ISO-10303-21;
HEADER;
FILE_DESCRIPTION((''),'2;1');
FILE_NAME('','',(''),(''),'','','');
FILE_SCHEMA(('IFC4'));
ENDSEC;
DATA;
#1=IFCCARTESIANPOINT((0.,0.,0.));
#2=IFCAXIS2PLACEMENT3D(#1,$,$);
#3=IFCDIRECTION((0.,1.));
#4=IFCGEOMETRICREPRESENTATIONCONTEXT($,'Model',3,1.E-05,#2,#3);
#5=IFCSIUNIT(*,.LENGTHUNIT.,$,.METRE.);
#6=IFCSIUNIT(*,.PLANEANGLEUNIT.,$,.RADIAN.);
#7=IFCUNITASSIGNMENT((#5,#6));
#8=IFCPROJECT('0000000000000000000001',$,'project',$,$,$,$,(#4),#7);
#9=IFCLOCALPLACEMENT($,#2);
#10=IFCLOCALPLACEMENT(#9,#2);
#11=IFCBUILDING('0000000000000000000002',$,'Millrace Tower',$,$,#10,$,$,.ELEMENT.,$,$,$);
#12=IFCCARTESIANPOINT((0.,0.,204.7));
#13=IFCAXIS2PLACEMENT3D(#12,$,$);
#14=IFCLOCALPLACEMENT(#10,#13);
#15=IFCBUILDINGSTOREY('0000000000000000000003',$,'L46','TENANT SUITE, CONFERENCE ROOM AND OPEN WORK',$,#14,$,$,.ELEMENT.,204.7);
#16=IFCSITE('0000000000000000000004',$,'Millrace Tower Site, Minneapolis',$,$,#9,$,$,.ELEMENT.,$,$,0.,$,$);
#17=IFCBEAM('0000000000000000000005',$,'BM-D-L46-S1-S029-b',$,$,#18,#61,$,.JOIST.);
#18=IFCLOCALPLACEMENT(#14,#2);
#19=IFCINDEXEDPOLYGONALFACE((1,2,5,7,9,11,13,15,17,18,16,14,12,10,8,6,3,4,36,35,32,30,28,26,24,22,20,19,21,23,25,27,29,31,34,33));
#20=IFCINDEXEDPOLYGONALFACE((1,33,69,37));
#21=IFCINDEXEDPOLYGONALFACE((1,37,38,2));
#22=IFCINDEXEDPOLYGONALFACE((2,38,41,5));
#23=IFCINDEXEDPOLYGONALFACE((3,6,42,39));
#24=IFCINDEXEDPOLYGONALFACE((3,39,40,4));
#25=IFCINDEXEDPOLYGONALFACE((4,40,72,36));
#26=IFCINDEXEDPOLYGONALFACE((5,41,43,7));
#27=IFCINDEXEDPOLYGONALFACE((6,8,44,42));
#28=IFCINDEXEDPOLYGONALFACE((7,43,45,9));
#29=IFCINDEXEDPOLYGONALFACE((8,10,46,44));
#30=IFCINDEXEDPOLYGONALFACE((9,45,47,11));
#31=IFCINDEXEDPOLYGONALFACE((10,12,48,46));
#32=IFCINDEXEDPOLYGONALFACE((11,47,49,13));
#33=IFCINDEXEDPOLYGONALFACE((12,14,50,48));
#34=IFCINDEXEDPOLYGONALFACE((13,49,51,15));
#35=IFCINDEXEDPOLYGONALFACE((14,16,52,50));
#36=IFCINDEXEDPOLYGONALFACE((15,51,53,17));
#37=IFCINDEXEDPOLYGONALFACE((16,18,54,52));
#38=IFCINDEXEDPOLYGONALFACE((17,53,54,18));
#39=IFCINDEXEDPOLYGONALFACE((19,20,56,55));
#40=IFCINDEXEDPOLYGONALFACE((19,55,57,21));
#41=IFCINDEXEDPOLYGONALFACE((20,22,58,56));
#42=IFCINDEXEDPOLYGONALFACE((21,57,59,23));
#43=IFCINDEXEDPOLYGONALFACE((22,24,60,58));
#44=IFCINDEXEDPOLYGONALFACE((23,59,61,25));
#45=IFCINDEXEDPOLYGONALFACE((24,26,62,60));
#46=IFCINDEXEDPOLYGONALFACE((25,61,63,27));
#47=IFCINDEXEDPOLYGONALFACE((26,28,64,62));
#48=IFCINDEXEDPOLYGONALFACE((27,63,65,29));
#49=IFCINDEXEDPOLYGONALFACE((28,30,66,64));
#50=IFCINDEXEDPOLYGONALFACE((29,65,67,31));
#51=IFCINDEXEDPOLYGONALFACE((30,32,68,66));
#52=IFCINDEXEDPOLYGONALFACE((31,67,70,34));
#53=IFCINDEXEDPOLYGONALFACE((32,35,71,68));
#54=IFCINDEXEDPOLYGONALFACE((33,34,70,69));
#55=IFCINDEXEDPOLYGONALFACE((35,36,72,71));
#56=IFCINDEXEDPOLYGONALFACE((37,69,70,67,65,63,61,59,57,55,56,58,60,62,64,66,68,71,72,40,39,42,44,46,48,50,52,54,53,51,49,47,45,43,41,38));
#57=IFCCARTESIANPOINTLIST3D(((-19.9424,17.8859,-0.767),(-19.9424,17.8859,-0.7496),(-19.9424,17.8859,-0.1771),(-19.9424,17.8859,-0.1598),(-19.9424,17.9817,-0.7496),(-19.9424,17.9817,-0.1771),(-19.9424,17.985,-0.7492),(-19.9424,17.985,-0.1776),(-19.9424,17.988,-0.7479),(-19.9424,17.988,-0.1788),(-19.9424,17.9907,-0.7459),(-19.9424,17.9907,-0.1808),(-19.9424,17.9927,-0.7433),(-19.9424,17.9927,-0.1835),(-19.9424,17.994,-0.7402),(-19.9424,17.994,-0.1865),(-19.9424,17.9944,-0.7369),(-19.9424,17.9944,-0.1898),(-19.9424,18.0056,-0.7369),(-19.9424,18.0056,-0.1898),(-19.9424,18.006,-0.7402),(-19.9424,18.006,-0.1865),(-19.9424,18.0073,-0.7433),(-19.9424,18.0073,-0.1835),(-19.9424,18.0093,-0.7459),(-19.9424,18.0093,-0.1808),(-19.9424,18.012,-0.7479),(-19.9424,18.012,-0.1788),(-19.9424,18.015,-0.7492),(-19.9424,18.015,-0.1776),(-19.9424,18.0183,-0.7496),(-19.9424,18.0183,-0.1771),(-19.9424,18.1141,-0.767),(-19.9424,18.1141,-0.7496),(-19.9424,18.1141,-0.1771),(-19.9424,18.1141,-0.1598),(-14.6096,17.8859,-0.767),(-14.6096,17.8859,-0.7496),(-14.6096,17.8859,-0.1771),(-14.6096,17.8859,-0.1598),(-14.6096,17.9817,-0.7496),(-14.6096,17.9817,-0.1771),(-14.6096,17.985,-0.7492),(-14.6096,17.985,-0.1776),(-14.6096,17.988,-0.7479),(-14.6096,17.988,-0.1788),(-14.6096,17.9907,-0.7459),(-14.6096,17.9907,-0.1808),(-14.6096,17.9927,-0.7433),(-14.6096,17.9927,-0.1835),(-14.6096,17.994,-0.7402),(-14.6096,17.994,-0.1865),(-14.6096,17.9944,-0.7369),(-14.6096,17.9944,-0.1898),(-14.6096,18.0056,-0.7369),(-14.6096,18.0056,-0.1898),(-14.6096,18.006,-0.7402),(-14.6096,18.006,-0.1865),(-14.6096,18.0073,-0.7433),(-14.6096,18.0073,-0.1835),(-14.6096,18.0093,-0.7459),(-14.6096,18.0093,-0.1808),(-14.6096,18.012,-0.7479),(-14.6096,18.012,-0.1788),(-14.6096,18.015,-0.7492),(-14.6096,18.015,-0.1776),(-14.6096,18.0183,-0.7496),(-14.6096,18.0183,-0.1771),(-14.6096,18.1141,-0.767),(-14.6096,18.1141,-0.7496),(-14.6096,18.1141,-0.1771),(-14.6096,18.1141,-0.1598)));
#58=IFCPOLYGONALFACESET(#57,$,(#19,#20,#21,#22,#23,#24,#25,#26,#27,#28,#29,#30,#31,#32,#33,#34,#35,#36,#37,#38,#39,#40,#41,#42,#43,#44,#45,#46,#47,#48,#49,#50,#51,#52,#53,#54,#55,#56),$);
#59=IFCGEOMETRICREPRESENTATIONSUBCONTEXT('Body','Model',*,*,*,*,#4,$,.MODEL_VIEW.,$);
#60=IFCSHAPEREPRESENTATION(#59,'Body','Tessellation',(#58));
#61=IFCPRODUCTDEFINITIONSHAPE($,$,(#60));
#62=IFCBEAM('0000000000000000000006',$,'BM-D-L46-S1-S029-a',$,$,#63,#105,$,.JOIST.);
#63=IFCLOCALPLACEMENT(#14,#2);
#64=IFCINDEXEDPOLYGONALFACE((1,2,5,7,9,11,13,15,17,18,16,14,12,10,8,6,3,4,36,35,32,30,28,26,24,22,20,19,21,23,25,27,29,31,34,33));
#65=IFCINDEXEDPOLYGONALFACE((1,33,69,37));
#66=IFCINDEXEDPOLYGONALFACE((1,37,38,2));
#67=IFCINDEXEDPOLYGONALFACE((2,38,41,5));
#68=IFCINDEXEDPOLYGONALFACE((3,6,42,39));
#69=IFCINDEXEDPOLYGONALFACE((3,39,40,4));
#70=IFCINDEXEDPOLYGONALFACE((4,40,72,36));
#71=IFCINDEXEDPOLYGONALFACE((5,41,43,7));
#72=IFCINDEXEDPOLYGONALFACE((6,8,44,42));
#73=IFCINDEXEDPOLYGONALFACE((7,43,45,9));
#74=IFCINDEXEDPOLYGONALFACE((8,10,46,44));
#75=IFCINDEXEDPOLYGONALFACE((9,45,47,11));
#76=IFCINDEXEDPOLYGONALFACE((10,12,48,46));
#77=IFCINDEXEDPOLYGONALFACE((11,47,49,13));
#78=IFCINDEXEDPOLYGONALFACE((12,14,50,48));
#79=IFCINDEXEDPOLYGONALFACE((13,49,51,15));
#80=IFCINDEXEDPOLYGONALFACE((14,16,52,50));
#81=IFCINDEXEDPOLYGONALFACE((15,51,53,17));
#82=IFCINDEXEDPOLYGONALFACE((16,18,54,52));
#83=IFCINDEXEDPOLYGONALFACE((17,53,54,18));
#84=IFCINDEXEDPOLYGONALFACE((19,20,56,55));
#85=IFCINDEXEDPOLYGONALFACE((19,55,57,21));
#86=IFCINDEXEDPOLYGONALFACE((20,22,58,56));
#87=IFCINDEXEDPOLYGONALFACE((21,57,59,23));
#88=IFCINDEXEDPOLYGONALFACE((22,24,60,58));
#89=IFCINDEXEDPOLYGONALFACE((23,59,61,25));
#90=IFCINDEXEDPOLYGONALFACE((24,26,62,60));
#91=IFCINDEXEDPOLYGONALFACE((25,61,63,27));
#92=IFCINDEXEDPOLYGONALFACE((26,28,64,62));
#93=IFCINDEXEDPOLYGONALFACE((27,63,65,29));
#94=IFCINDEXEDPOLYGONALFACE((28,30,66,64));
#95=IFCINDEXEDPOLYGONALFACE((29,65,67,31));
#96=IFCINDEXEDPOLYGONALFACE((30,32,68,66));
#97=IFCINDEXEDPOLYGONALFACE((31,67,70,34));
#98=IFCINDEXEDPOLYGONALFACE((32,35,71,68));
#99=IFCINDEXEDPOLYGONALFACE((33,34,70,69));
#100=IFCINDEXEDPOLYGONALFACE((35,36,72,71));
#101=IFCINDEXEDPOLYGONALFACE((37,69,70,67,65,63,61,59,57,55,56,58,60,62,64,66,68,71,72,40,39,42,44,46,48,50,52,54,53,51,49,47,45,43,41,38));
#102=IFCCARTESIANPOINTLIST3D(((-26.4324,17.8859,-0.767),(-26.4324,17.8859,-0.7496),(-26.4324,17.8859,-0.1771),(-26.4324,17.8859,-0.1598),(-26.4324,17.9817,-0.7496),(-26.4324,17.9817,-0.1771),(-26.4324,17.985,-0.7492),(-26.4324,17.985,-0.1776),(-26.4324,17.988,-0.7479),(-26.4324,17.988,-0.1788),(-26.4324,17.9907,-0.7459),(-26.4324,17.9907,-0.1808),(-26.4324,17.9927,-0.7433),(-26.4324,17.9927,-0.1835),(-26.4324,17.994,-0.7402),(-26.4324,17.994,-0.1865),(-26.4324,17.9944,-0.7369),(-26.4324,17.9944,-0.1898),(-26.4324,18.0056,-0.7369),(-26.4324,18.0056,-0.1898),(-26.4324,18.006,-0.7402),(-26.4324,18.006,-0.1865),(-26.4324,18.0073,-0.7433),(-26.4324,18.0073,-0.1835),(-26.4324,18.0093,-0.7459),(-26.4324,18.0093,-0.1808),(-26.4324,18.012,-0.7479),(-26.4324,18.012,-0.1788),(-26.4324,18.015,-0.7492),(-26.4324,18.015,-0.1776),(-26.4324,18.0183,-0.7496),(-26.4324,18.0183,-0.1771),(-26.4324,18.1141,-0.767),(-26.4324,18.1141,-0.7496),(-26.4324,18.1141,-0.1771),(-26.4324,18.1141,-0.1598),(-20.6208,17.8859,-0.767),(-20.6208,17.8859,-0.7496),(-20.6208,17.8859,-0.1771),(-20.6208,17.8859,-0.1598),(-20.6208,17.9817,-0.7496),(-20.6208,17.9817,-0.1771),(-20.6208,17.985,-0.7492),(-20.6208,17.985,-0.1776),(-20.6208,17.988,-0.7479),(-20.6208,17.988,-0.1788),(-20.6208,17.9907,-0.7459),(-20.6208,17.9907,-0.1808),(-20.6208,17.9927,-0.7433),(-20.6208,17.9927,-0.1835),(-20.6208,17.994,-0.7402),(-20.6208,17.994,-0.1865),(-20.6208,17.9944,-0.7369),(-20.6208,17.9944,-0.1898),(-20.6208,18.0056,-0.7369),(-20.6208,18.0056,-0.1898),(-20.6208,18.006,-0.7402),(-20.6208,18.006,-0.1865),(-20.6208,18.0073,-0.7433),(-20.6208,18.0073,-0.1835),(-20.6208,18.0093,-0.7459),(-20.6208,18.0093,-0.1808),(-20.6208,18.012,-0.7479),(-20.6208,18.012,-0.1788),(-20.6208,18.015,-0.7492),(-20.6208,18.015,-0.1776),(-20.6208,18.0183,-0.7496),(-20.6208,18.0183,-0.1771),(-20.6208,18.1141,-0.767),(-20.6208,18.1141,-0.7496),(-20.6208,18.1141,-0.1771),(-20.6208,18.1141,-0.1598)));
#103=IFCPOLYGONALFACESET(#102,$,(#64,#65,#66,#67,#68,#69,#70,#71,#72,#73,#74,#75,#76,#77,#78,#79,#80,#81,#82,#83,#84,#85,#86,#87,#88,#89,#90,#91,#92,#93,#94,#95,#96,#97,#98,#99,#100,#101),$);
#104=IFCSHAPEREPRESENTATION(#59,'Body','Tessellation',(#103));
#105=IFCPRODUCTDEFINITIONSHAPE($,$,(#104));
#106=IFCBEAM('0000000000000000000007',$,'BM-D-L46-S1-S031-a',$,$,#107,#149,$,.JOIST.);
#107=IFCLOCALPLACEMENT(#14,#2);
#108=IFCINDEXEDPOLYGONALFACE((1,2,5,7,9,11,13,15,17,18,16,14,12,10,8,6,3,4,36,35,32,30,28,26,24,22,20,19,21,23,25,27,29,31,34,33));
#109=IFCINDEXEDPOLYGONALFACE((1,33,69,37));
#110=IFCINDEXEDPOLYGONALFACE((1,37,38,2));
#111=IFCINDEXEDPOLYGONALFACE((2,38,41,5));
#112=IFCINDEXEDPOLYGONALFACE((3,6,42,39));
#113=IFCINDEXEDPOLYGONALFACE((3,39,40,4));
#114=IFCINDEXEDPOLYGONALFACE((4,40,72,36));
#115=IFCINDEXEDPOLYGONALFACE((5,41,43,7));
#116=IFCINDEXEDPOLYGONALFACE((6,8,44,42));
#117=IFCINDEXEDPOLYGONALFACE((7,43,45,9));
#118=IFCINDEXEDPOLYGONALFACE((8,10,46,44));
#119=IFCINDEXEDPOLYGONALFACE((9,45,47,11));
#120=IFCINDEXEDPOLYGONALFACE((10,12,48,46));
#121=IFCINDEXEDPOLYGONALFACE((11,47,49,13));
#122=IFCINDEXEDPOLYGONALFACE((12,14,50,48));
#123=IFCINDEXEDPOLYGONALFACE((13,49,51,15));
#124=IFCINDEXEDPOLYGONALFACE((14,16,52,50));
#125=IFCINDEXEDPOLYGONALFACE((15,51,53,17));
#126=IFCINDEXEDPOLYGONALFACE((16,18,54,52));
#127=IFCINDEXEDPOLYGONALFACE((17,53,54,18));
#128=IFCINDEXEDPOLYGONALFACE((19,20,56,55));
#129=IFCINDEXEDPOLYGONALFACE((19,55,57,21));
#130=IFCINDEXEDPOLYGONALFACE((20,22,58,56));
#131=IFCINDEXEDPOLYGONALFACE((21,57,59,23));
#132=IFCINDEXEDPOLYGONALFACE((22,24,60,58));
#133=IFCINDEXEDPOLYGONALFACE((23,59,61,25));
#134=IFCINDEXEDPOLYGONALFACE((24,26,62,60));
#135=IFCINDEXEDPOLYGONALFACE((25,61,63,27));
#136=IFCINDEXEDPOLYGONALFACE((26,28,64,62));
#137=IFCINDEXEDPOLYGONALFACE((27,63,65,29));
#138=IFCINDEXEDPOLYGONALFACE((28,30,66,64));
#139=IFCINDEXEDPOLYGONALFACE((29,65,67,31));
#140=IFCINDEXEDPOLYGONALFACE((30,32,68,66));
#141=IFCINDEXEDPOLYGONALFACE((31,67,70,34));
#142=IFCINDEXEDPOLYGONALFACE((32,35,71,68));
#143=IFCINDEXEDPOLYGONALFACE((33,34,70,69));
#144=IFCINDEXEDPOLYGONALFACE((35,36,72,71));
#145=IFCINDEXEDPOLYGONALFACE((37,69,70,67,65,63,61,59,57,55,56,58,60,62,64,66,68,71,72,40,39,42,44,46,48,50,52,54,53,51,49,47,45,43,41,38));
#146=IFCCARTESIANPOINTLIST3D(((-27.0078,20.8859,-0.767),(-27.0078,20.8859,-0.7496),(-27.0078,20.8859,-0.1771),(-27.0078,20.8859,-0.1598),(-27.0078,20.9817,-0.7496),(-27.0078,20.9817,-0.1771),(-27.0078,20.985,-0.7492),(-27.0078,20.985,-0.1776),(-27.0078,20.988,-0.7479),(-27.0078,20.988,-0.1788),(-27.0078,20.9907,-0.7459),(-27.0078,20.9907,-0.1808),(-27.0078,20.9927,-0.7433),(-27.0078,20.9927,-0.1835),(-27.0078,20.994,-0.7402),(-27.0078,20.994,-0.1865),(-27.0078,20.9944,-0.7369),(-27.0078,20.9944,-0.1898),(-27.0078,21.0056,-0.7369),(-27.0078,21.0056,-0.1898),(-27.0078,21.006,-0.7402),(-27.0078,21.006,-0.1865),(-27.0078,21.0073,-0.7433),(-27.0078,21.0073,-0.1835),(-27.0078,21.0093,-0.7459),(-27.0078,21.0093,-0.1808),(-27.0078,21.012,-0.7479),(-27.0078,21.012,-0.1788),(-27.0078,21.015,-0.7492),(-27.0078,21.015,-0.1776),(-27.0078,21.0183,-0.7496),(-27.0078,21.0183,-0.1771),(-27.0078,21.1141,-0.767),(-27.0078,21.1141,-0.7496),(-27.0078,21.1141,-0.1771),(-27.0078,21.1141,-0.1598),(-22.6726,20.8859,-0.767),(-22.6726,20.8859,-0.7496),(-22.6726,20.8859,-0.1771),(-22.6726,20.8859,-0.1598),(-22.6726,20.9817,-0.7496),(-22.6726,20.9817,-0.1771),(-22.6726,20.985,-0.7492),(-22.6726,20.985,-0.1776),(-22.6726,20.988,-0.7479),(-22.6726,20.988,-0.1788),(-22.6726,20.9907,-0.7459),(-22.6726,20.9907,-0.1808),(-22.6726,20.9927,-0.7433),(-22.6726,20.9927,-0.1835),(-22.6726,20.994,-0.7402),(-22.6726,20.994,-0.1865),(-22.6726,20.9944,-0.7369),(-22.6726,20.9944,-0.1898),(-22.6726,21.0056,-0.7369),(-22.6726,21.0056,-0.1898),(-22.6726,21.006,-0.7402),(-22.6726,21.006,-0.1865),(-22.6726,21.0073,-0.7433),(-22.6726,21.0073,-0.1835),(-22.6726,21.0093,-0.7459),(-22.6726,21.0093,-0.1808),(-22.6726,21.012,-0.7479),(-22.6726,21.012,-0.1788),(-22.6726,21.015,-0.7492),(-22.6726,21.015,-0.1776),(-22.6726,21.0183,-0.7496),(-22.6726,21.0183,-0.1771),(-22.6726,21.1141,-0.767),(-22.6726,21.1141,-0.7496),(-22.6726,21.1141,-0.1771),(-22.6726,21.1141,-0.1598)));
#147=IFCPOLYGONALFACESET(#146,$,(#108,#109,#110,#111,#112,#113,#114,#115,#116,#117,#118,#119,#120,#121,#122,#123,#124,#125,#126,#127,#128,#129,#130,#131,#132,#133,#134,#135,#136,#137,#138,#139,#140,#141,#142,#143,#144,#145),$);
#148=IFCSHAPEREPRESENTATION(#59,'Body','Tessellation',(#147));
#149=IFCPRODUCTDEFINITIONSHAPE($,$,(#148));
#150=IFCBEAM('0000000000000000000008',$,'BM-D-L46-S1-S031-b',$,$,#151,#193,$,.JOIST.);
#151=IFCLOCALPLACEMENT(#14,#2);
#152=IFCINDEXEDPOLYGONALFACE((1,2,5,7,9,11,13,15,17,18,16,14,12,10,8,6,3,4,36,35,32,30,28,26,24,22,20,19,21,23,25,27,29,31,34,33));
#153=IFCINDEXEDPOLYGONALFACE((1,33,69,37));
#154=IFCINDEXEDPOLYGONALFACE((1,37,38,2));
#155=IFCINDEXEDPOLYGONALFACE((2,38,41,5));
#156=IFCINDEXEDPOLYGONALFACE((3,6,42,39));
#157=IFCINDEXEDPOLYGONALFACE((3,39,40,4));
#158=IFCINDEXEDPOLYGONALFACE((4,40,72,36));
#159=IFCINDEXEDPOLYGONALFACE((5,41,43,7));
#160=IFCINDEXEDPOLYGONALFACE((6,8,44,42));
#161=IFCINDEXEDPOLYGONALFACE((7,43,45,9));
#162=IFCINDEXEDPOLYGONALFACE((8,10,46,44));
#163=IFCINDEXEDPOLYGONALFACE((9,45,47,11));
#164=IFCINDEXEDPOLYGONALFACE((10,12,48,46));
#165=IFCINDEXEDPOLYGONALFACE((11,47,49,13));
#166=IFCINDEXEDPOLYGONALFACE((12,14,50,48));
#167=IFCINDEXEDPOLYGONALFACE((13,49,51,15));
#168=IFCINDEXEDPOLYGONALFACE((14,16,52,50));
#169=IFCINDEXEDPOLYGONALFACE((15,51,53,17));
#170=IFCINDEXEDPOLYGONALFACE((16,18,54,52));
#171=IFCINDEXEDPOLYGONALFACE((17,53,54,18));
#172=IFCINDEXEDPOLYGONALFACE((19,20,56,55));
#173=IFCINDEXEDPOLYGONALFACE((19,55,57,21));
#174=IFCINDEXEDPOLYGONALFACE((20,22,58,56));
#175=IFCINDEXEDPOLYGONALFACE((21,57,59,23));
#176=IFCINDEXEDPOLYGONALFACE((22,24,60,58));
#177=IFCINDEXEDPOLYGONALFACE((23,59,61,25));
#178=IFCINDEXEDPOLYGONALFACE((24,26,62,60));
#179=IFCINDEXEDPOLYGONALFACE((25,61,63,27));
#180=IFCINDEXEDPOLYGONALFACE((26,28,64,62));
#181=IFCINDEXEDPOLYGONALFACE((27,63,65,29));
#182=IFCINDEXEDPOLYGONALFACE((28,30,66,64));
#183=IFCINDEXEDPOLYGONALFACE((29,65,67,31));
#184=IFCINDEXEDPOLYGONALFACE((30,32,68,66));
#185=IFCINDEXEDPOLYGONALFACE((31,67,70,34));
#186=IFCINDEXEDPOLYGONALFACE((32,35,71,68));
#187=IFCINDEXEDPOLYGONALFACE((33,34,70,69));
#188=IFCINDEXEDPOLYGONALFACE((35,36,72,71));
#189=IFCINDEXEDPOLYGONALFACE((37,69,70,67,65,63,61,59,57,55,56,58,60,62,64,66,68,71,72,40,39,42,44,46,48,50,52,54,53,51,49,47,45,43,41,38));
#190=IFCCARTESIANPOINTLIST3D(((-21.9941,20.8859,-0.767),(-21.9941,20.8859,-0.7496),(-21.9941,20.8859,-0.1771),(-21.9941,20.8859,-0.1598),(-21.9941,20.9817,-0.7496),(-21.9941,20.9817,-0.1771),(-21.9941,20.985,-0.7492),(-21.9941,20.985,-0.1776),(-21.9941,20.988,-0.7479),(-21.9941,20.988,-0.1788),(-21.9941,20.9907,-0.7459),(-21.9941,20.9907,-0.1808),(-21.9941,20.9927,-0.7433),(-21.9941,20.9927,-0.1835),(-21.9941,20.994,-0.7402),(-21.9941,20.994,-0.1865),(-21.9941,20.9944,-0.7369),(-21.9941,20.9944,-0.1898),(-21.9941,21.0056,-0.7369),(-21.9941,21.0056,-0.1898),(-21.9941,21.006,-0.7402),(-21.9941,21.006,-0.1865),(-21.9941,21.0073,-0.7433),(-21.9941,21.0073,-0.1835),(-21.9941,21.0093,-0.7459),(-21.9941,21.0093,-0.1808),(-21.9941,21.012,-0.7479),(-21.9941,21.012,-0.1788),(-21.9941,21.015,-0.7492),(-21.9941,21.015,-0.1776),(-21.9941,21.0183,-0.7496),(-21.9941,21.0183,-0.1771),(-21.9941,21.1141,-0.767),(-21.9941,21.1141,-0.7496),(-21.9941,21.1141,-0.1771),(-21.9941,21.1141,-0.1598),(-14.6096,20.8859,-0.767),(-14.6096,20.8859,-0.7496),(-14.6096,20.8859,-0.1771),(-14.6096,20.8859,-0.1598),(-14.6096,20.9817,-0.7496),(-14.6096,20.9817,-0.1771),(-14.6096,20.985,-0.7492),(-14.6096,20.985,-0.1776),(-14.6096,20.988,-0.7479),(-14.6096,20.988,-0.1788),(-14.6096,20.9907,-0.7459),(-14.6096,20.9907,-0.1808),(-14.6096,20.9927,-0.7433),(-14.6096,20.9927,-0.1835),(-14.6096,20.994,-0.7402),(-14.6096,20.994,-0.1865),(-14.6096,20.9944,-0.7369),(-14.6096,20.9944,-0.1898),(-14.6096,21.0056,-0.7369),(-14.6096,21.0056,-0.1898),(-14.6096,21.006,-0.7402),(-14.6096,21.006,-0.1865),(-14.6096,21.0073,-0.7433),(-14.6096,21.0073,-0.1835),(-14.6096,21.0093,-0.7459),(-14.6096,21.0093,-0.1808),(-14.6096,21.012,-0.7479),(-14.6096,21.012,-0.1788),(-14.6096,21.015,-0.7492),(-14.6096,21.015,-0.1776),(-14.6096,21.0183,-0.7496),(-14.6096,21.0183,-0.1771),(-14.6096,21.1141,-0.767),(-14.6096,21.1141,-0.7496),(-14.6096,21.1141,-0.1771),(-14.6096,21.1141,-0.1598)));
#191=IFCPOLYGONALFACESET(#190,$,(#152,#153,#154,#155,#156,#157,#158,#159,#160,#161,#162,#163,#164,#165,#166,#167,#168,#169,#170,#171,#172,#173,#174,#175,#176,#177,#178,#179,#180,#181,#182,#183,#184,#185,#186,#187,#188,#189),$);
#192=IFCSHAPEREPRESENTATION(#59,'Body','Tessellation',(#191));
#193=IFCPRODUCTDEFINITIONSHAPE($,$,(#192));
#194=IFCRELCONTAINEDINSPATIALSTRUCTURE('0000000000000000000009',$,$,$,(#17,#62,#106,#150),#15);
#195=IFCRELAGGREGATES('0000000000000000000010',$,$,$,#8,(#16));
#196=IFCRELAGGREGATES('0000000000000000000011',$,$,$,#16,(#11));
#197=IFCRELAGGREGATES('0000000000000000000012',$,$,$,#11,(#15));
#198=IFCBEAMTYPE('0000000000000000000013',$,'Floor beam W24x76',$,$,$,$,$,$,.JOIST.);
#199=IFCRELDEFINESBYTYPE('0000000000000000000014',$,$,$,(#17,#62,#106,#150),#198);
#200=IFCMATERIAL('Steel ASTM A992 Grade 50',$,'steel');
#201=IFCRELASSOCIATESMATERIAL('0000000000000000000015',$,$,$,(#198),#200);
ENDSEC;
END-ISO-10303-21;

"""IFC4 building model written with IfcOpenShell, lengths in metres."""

from ifc_helpers import new_model, si_unit, direction, frame, origin, origin_2d, place, context, subcontext, project, spatial, i_section, extrude, material, material_profile, profile_set, type_object, element, save


model = new_model("IFC4")

# Units and contexts
model_context = context("Model", 3, precision=1e-05, world=origin(), true_north=direction((0.0, 1.0)))
body_context = subcontext(model_context, "Body", "Model", "MODEL_VIEW")
ifc_project = project(units=[si_unit("LENGTHUNIT", "METRE"), si_unit("PLANEANGLEUNIT", "RADIAN")], contexts=[model_context])

# Site, building, storey
site_placement = place(None, origin())
site = spatial("IfcSite", under=ifc_project, at=site_placement, Name="Millrace Tower Site, Minneapolis", CompositionType="ELEMENT", RefElevation=0.0)
building_placement = place(site_placement, origin())
building = spatial("IfcBuilding", under=site, at=building_placement, Name="Millrace Tower", CompositionType="ELEMENT")
storey_placement = place(building_placement, frame((0.0, 0.0, 204.7)))
storey = spatial("IfcBuildingStorey", under=building, at=storey_placement, Name="L46", Description="TENANT SUITE, CONFERENCE ROOM AND OPEN WORK", CompositionType="ELEMENT", Elevation=204.7)

# Beams
ifc_material_1 = material(Name="Steel ASTM A992 Grade 50", Category="steel")
ifc_material_profile_1 = material_profile(ifc_material_1, i_section(OverallWidth=0.2283, OverallDepth=0.6072, WebThickness=0.0112, FlangeThickness=0.0173, FilletRadius=0.0127, at=origin_2d()))
ifc_profile_set_1 = profile_set([ifc_material_profile_1], Name="Steel ASTM A992 Grade 50")
beam_type_1 = type_object("IfcBeamType", Name="Floor beam W24x76", PredefinedType="JOIST", material=ifc_profile_set_1)
beam_1_placement = place(storey_placement, frame((-19.9424, 18.0, -0.4634), z_axis=(1.0, 0.0, 0.0), x_axis=(0.0, 1.0, 0.0)))
element("IfcBeam", 1, at=beam_1_placement, inside=storey, type_object=beam_type_1, Name="BM-D-L46-S1-S029-b", PredefinedType="JOIST", context=body_context, shape_type="SweptSolid", body=[
    extrude(i_section(OverallWidth=0.2283, OverallDepth=0.6072, WebThickness=0.0112, FlangeThickness=0.0173, FilletRadius=0.0127, at=origin_2d()), origin(), (0.0, 0.0, 1.0), 5.3328),
])
beam_2_placement = place(storey_placement, frame((-26.4324, 18.0, -0.4634), z_axis=(1.0, 0.0, 0.0), x_axis=(0.0, 1.0, 0.0)))
element("IfcBeam", 2, at=beam_2_placement, inside=storey, type_object=beam_type_1, Name="BM-D-L46-S1-S029-a", PredefinedType="JOIST", context=body_context, shape_type="SweptSolid", body=[
    extrude(i_section(OverallWidth=0.2283, OverallDepth=0.6072, WebThickness=0.0112, FlangeThickness=0.0173, FilletRadius=0.0127, at=origin_2d()), origin(), (0.0, 0.0, 1.0), 5.8115),
])
beam_3_placement = place(storey_placement, frame((-27.0078, 21.0, -0.4634), z_axis=(1.0, 0.0, 0.0), x_axis=(0.0, 1.0, 0.0)))
element("IfcBeam", 3, at=beam_3_placement, inside=storey, type_object=beam_type_1, Name="BM-D-L46-S1-S031-a", PredefinedType="JOIST", context=body_context, shape_type="SweptSolid", body=[
    extrude(i_section(OverallWidth=0.2283, OverallDepth=0.6072, WebThickness=0.0112, FlangeThickness=0.0173, FilletRadius=0.0127, at=origin_2d()), origin(), (0.0, 0.0, 1.0), 4.3352),
])
beam_4_placement = place(storey_placement, frame((-21.9941, 21.0, -0.4634), z_axis=(1.0, 0.0, 0.0), x_axis=(0.0, 1.0, 0.0)))
element("IfcBeam", 4, at=beam_4_placement, inside=storey, type_object=beam_type_1, Name="BM-D-L46-S1-S031-b", PredefinedType="JOIST", context=body_context, shape_type="SweptSolid", body=[
    extrude(i_section(OverallWidth=0.2283, OverallDepth=0.6072, WebThickness=0.0112, FlangeThickness=0.0173, FilletRadius=0.0127, at=origin_2d()), origin(), (0.0, 0.0, 1.0), 7.3845),
])

save(model, "model.ifc")
